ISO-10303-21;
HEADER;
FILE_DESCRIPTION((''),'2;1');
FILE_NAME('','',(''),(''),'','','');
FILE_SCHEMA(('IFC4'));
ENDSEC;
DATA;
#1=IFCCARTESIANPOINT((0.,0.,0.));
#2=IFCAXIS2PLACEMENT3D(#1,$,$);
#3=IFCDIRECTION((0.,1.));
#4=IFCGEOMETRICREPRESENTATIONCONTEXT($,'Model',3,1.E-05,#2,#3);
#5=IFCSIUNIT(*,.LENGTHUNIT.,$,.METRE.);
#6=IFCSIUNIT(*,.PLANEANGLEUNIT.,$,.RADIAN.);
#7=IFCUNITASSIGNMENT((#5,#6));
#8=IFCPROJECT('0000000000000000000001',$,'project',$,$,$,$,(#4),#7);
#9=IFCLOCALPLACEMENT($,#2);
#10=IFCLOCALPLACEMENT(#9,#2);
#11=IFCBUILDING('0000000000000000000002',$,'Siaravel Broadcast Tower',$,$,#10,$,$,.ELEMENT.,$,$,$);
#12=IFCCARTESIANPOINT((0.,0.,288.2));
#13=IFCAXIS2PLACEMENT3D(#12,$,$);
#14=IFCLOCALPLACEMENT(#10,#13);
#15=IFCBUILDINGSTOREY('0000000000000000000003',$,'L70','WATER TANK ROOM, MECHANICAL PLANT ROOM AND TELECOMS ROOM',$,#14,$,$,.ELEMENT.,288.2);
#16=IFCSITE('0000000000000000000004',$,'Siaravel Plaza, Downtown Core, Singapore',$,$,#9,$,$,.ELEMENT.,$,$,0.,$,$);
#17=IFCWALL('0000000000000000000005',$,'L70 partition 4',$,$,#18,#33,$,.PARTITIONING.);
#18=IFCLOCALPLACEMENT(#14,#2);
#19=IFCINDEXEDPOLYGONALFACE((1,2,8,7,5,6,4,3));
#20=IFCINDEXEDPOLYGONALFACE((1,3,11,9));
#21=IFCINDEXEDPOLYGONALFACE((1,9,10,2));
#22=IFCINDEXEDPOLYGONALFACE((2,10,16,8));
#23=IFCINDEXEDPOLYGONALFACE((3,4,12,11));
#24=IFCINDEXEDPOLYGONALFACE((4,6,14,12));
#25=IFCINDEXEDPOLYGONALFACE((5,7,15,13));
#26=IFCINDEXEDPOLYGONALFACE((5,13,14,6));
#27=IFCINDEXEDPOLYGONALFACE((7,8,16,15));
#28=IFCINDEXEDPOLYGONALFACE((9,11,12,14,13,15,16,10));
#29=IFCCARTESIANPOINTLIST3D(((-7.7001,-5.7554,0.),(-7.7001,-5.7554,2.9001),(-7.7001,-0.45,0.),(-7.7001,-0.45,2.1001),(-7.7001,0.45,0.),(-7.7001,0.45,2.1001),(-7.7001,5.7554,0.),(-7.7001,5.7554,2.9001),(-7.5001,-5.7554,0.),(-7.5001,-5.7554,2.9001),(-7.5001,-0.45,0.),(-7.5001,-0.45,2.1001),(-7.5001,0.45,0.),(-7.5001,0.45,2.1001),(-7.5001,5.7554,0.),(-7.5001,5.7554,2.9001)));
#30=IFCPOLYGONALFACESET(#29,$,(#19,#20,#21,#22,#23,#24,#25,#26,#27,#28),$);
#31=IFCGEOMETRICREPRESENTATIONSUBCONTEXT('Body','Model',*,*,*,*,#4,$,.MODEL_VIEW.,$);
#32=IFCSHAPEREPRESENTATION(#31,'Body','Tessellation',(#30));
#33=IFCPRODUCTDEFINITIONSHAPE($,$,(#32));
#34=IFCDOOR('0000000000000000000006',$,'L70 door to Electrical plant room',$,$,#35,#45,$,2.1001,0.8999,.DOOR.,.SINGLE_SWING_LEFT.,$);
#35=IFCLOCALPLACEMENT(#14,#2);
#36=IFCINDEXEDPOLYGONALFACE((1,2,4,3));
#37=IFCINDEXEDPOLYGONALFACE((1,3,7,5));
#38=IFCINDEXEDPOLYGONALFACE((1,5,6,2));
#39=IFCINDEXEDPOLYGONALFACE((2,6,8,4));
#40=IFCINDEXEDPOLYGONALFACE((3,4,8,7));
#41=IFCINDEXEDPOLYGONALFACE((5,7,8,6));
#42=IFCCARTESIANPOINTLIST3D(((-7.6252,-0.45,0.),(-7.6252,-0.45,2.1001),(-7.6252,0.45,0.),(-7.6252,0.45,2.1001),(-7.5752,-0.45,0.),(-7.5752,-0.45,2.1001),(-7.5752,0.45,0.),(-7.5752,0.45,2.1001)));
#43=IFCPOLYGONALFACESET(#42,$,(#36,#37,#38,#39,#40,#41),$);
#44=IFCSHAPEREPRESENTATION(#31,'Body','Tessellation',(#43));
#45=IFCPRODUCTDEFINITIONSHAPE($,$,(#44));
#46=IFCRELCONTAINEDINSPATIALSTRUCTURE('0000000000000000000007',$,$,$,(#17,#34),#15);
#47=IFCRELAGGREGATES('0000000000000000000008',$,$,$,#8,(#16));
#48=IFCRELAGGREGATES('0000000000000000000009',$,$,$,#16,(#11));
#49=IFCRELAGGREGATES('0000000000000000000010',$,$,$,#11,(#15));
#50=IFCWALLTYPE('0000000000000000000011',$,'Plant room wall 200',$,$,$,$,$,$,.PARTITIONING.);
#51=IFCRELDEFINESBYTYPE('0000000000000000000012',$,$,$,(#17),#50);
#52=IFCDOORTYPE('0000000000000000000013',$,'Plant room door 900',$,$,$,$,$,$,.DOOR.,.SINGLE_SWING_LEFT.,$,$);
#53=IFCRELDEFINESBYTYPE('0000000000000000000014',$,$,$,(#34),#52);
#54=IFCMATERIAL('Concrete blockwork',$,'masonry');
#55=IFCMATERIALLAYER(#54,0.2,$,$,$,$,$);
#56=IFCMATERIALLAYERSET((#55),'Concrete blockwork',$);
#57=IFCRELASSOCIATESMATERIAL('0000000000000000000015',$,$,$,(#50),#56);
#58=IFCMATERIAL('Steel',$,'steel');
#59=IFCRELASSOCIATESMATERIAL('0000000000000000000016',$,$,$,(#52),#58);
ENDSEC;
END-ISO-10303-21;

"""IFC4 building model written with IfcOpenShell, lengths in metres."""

from ifc_helpers import new_model, si_unit, direction, frame, frame_2d, origin, place, context, subcontext, project, spatial, rectangle, extrude, material, layer, layer_set, type_object, element, fill, save


model = new_model("IFC4")

# Units and contexts
model_context = context("Model", 3, precision=1e-05, world=origin(), true_north=direction((0.0, 1.0)))
body_context = subcontext(model_context, "Body", "Model", "MODEL_VIEW")
ifc_project = project(units=[si_unit("LENGTHUNIT", "METRE"), si_unit("PLANEANGLEUNIT", "RADIAN")], contexts=[model_context])

# Site, building, storey
site_placement = place(None, origin())
site = spatial("IfcSite", under=ifc_project, at=site_placement, Name="Siaravel Plaza, Downtown Core, Singapore", CompositionType="ELEMENT", RefElevation=0.0)
building_placement = place(site_placement, origin())
building = spatial("IfcBuilding", under=site, at=building_placement, Name="Siaravel Broadcast Tower", CompositionType="ELEMENT")
storey_placement = place(building_placement, frame((0.0, 0.0, 288.2)))
storey = spatial("IfcBuildingStorey", under=building, at=storey_placement, Name="L70", Description="WATER TANK ROOM, MECHANICAL PLANT ROOM AND TELECOMS ROOM", CompositionType="ELEMENT", Elevation=288.2)

# Wall, opening, door
ifc_material_1 = material(Name="Concrete blockwork", Category="masonry")
ifc_layer_1 = layer(ifc_material_1, 0.2)
ifc_layer_set_1 = layer_set([ifc_layer_1], Name="Concrete blockwork")
wall_type = type_object("IfcWallType", Name="Plant room wall 200", PredefinedType="PARTITIONING", material=ifc_layer_set_1)
wall_placement = place(storey_placement, frame((-7.6001, 5.7554, 0.0), z_axis=(0.0, 0.0, 1.0), x_axis=(0.0, -1.0, 0.0)))
wall = element("IfcWall", 1, at=wall_placement, inside=storey, type_object=wall_type, Name="L70 partition 4", PredefinedType="PARTITIONING", context=body_context, shape_type="SweptSolid", body=[
    extrude(rectangle(XDim=11.5107, YDim=0.2, at=frame_2d((5.7554, 0.0))), origin(), (0.0, 0.0, 1.0), 2.9001),
])
opening_placement = place(wall_placement, frame((5.3054, 0.0, 0.0)))
opening = element("IfcOpeningElement", 2, at=opening_placement, cuts=wall, PredefinedType="OPENING", context=body_context, shape_type="SweptSolid", body=[
    extrude(rectangle(XDim=0.8999, YDim=2.1001, at=frame_2d((0.45, 1.05))), frame((0.0, 0.1099, 0.0), z_axis=(0.0, -1.0, 0.0), x_axis=(1.0, 0.0, 0.0)), (0.0, 0.0, 1.0), 0.22),
])
ifc_material_2 = material(Name="Steel", Category="steel")
door_type = type_object("IfcDoorType", Name="Plant room door 900", OperationType="SINGLE_SWING_LEFT", PredefinedType="DOOR", material=ifc_material_2)
door_placement = place(opening_placement, origin())
door = element("IfcDoor", 3, at=door_placement, inside=storey, type_object=door_type, Name="L70 door to Electrical plant room", OperationType="SINGLE_SWING_LEFT", OverallHeight=2.1001, OverallWidth=0.8999, PredefinedType="DOOR", context=body_context, shape_type="SweptSolid", body=[
    extrude(rectangle(XDim=0.8999, YDim=2.1001, at=frame_2d((0.45, 1.05))), frame((0.0, 0.0249, 0.0), z_axis=(0.0, -1.0, 0.0), x_axis=(1.0, 0.0, 0.0)), (0.0, 0.0, 1.0), 0.05),
])
fill(opening, door)

save(model, "model.ifc")
